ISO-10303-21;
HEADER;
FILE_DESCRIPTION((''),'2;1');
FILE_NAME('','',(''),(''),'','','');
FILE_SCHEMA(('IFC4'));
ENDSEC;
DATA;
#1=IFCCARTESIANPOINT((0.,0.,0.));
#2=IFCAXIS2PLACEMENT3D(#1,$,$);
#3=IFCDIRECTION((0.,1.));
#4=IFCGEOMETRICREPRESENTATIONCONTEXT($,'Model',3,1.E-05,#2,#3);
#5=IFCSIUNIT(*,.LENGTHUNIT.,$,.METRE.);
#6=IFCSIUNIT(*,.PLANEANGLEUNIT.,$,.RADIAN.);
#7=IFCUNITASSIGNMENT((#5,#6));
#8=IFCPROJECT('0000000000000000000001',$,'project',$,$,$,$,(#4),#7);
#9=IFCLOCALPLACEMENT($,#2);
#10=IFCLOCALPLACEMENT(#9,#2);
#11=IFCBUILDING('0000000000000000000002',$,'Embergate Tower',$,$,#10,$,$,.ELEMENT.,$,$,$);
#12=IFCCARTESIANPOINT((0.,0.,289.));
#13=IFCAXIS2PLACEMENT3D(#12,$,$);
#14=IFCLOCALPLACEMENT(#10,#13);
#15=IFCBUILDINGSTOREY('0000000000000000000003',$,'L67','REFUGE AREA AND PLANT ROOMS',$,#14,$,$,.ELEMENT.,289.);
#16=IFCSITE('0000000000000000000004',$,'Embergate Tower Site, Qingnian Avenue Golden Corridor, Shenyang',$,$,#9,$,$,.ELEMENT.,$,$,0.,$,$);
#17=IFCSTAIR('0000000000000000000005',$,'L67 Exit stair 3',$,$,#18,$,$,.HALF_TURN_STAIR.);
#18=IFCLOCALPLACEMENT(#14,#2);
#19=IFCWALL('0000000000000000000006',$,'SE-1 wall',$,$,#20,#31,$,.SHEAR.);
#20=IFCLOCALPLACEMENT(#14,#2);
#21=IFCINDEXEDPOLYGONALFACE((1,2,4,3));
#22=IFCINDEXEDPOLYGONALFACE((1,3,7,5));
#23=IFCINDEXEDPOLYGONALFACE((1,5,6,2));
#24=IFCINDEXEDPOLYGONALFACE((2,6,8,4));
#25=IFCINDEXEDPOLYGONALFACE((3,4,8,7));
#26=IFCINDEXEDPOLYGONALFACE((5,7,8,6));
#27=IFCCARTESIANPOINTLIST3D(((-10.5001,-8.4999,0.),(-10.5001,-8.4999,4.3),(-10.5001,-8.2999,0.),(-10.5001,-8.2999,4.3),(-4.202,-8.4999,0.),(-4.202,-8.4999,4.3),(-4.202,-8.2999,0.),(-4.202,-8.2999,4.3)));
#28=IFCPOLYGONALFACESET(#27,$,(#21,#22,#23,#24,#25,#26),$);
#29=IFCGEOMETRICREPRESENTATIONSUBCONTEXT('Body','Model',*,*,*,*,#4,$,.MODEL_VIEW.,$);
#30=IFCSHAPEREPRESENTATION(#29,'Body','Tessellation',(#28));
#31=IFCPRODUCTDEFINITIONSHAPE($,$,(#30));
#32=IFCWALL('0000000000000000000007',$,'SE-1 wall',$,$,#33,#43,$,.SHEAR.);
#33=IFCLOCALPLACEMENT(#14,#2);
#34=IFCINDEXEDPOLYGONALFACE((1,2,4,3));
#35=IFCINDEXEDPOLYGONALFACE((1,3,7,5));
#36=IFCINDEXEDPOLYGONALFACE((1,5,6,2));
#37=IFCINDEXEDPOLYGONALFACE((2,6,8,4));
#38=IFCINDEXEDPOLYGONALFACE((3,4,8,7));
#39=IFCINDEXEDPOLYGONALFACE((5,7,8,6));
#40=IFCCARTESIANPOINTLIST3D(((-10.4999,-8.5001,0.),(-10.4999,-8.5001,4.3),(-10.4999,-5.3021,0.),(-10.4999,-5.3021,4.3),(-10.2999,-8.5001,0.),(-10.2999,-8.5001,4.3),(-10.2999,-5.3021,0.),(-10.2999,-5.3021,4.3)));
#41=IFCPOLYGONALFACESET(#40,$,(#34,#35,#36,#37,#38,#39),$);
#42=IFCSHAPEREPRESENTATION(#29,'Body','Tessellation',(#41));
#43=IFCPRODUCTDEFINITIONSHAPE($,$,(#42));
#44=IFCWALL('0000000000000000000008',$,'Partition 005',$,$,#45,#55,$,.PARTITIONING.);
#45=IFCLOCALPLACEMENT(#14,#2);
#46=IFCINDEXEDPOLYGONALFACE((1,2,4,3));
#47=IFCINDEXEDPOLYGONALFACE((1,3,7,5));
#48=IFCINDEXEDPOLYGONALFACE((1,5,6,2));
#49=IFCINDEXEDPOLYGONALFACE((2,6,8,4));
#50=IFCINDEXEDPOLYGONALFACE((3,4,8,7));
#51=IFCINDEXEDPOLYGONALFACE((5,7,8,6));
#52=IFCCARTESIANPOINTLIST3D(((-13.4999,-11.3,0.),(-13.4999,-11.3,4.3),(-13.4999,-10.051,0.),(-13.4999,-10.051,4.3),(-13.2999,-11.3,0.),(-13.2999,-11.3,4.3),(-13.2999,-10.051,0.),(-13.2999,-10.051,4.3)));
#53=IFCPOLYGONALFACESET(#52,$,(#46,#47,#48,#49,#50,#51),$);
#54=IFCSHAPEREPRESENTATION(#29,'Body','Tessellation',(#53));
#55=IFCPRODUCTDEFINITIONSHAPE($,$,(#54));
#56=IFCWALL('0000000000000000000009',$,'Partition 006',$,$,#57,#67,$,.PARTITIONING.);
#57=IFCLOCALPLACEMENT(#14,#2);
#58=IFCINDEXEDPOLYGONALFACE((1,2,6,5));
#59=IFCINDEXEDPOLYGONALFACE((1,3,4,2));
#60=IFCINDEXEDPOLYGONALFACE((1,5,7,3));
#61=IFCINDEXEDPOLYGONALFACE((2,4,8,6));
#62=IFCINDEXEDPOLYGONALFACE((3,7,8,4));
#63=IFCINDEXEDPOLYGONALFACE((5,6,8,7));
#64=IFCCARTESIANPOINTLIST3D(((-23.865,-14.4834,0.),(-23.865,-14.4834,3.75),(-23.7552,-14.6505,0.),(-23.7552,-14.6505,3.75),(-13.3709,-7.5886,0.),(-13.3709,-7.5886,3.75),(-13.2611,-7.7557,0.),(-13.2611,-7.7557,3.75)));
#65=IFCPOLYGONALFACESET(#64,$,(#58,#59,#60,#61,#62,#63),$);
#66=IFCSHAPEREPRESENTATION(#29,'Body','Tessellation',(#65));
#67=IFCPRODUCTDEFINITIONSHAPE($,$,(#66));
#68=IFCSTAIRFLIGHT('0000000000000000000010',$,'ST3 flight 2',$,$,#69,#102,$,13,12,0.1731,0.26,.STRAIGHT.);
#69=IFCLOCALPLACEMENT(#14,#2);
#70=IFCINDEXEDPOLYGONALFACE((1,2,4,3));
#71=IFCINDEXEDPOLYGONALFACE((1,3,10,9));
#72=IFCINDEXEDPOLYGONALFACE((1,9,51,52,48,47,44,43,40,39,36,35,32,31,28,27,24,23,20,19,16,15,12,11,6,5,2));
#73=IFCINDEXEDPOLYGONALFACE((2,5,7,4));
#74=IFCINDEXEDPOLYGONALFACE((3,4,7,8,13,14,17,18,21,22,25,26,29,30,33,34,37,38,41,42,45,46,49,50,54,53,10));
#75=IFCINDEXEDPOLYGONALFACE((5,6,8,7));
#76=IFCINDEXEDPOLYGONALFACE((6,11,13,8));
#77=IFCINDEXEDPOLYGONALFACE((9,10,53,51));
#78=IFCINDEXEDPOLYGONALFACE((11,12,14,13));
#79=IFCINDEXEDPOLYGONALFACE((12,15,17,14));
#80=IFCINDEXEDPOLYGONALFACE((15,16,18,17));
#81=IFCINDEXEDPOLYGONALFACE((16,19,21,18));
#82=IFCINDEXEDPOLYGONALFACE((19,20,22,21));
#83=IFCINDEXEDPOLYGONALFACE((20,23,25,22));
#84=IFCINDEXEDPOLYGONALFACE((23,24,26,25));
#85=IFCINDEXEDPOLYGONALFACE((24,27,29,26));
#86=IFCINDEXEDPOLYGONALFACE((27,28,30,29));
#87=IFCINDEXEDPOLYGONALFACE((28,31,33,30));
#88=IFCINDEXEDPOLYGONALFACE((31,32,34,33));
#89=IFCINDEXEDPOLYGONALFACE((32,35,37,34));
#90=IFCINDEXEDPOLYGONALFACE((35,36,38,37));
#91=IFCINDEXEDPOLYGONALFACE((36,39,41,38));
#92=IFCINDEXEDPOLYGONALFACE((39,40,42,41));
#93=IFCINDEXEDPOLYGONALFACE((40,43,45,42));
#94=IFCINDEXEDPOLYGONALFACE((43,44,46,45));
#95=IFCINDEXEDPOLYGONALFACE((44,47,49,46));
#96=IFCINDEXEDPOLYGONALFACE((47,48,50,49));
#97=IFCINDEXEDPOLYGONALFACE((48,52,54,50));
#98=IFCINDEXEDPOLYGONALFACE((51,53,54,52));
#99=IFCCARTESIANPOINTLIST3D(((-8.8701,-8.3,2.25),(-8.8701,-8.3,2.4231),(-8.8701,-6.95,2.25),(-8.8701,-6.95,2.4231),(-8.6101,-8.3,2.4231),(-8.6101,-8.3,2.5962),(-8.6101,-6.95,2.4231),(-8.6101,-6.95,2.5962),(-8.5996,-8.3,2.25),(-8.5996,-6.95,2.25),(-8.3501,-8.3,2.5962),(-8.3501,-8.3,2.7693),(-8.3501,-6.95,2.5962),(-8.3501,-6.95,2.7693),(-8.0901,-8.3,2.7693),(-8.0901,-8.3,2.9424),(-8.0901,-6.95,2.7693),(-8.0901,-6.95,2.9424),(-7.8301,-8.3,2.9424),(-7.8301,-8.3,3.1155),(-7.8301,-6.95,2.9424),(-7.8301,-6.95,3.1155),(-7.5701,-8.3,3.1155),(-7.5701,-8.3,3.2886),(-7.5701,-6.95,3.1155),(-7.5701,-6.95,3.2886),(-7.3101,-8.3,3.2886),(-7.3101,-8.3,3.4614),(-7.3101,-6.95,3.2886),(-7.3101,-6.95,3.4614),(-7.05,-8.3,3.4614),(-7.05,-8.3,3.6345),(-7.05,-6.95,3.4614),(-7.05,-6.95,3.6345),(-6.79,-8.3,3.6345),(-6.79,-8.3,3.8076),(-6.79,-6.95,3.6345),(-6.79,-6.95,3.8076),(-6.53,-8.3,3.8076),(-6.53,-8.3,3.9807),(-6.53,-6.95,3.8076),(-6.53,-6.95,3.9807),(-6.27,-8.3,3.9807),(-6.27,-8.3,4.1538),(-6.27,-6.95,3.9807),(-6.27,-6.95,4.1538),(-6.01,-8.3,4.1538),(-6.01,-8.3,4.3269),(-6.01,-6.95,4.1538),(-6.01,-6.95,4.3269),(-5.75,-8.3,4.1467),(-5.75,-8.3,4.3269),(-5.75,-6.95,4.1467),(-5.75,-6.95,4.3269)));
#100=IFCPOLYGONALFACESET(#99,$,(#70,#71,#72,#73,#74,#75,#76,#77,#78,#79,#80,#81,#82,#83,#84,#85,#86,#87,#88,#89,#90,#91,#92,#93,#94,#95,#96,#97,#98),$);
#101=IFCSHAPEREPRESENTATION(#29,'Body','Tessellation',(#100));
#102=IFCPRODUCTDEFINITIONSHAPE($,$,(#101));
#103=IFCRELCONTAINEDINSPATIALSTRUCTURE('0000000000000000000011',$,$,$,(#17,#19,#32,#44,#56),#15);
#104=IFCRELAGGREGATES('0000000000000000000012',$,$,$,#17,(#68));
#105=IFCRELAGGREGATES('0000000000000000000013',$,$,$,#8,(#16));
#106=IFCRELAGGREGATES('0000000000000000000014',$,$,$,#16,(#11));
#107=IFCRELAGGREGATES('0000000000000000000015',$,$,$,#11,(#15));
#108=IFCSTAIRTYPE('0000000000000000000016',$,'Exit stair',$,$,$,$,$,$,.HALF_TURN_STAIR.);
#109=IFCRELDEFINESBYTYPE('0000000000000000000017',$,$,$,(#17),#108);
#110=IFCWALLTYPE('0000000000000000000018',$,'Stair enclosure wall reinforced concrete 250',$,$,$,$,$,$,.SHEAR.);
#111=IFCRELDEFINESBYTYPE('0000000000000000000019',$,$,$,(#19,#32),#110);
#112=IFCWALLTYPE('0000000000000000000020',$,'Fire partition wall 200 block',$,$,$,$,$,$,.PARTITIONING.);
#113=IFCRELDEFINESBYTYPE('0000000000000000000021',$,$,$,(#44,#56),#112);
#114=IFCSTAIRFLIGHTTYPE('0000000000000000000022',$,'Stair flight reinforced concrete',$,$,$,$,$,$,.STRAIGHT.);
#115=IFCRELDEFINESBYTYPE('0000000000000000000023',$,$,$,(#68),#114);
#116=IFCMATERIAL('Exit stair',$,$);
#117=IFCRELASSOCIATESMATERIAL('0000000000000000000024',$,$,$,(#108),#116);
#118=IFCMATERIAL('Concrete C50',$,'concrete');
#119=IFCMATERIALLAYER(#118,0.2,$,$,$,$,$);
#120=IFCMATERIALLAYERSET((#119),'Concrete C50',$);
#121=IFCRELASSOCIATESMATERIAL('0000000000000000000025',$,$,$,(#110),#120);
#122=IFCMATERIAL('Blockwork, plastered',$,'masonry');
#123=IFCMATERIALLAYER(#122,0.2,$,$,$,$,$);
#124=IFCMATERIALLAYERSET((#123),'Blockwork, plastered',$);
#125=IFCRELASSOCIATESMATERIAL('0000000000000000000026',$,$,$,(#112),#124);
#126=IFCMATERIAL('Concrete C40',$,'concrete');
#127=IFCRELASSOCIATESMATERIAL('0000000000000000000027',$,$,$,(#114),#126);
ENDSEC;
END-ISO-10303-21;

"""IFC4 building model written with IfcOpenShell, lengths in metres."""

from ifc_helpers import new_model, si_unit, direction, frame, frame_2d, origin, place, context, subcontext, project, spatial, polyline, rectangle, outline, extrude, source, transform, mapped, material, layer, layer_set, type_object, element, aggregate, save


model = new_model("IFC4")

# Units and contexts
model_context = context("Model", 3, precision=1e-05, world=origin(), true_north=direction((0.0, 1.0)))
body_context = subcontext(model_context, "Body", "Model", "MODEL_VIEW")
ifc_project = project(units=[si_unit("LENGTHUNIT", "METRE"), si_unit("PLANEANGLEUNIT", "RADIAN")], contexts=[model_context])

# Site, building, storey
site_placement = place(None, origin())
site = spatial("IfcSite", under=ifc_project, at=site_placement, Name="Embergate Tower Site, Qingnian Avenue Golden Corridor, Shenyang", CompositionType="ELEMENT", RefElevation=0.0)
building_placement = place(site_placement, origin())
building = spatial("IfcBuilding", under=site, at=building_placement, Name="Embergate Tower", CompositionType="ELEMENT")
storey_placement = place(building_placement, frame((0.0, 0.0, 289.0)))
storey = spatial("IfcBuildingStorey", under=building, at=storey_placement, Name="L67", Description="REFUGE AREA AND PLANT ROOMS", CompositionType="ELEMENT", Elevation=289.0)

# Stair
ifc_material_1 = material(Name="Exit stair")
stair_type = type_object("IfcStairType", Name="Exit stair", PredefinedType="HALF_TURN_STAIR", material=ifc_material_1)
stair_placement = place(storey_placement, origin())
stair = element("IfcStair", 1, at=stair_placement, inside=storey, type_object=stair_type, Name="L67 Exit stair 3", PredefinedType="HALF_TURN_STAIR")
ifc_material_2 = material(Name="Concrete C40", Category="concrete")

# Shared definitions
ifc_material_3 = material(Name="Concrete C50", Category="concrete")

# Shared definitions
ifc_layer_1 = layer(ifc_material_3, 0.2)
ifc_layer_set_1 = layer_set([ifc_layer_1], Name="Concrete C50")
wall_type_1 = type_object("IfcWallType", Name="Stair enclosure wall reinforced concrete 250", PredefinedType="SHEAR", material=ifc_layer_set_1)

# Walls
shared_shape_1 = source(origin(), body_context, "Body", "SweptSolid", [
    extrude(rectangle(XDim=6.2981, YDim=0.2, at=frame_2d((3.1489, 0.0))), origin(), (0.0, 0.0, 1.0), 4.3),
])
wall_1_placement = place(storey_placement, frame((-10.5, -8.3999, 0.0), z_axis=(0.0, 0.0, 1.0), x_axis=(1.0, 0.0, 0.0)))
element("IfcWall", 2, at=wall_1_placement, inside=storey, type_object=wall_type_1, Name="SE-1 wall", PredefinedType="SHEAR", context=body_context, shape_type="MappedRepresentation", body=[
    mapped(shared_shape_1, transform((0.0, 0.0, 0.0))),
])
shared_shape_2 = source(origin(), body_context, "Body", "SweptSolid", [
    extrude(rectangle(XDim=3.198, YDim=0.2, at=frame_2d((1.5991, 0.0))), origin(), (0.0, 0.0, 1.0), 4.3),
])
wall_2_placement = place(storey_placement, frame((-10.3999, -5.302, 0.0), z_axis=(0.0, 0.0, 1.0), x_axis=(0.0, -1.0, 0.0)))
element("IfcWall", 3, at=wall_2_placement, inside=storey, type_object=wall_type_1, Name="SE-1 wall", PredefinedType="SHEAR", context=body_context, shape_type="MappedRepresentation", body=[
    mapped(shared_shape_2, transform((0.0, 0.0, 0.0))),
])
ifc_material_4 = material(Name="Blockwork, plastered", Category="masonry")
ifc_layer_2 = layer(ifc_material_4, 0.2)
ifc_layer_set_2 = layer_set([ifc_layer_2], Name="Blockwork, plastered")
wall_type_2 = type_object("IfcWallType", Name="Fire partition wall 200 block", PredefinedType="PARTITIONING", material=ifc_layer_set_2)
shared_shape_3 = source(origin(), body_context, "Body", "SweptSolid", [
    extrude(rectangle(XDim=1.249, YDim=0.2, at=frame_2d((0.6245, 0.0))), origin(), (0.0, 0.0, 1.0), 4.3),
])
wall_3_placement = place(storey_placement, frame((-13.3999, -11.3, 0.0), z_axis=(0.0, 0.0, 1.0), x_axis=(0.0, 1.0, 0.0)))
element("IfcWall", 4, at=wall_3_placement, inside=storey, type_object=wall_type_2, Name="Partition 005", PredefinedType="PARTITIONING", context=body_context, shape_type="MappedRepresentation", body=[
    mapped(shared_shape_3, transform((0.0, 0.0, 0.0))),
])
shared_shape_4 = source(origin(), body_context, "Body", "SweptSolid", [
    extrude(rectangle(XDim=12.5564, YDim=0.2, at=frame_2d((6.2783, 0.0))), origin(), (0.0, 0.0, 1.0), 3.75),
])
wall_4_placement = place(storey_placement, frame((-13.3159, -7.6721, 0.0), z_axis=(0.0, 0.0, 1.0), x_axis=(-0.835756, -0.549101, 0.0)))
element("IfcWall", 5, at=wall_4_placement, inside=storey, type_object=wall_type_2, Name="Partition 006", PredefinedType="PARTITIONING", context=body_context, shape_type="MappedRepresentation", body=[
    mapped(shared_shape_4, transform((0.0, 0.0, 0.0))),
])

# Stair flight
stair_flight_type = type_object("IfcStairFlightType", Name="Stair flight reinforced concrete", PredefinedType="STRAIGHT", material=ifc_material_2)
shared_shape_5 = source(origin(), body_context, "Body", "SweptSolid", [
    extrude(outline(polyline([(0.0, 0.0), (0.0, 0.1731), (0.26, 0.1731), (0.26, 0.3462), (0.52, 0.3462), (0.52, 0.5193), (0.78, 0.5193), (0.78, 0.6924), (1.04, 0.6924), (1.04, 0.8655), (1.3, 0.8655), (1.3, 1.0386), (1.5601, 1.0386), (1.5601, 1.2114), (1.8201, 1.2114), (1.8201, 1.3845), (2.0801, 1.3845), (2.0801, 1.5576), (2.3401, 1.5576), (2.3401, 1.7307), (2.6001, 1.7307), (2.6001, 1.9038), (2.8601, 1.9038), (2.8601, 2.0769), (3.1201, 2.0769), (3.1201, 2.25), (3.1201, 1.8967), (0.2705, 0.0), (0.0, 0.0)])), frame((0.0, 0.675, 0.0), z_axis=(0.0, -1.0, 0.0), x_axis=(1.0, 0.0, 0.0)), (0.0, 0.0, 1.0), 1.3501),
])
stair_flight_placement = place(storey_placement, frame((-8.8701, -7.625, 2.25), z_axis=(0.0, 0.0, 1.0), x_axis=(1.0, 0.0, 0.0)))
stair_flight = element("IfcStairFlight", 6, at=stair_flight_placement, type_object=stair_flight_type, Name="ST3 flight 2", NumberOfRisers=13, NumberOfTreads=12, PredefinedType="STRAIGHT", RiserHeight=0.1731, TreadLength=0.26, context=body_context, shape_type="MappedRepresentation", body=[
    mapped(shared_shape_5, transform((0.0, 0.0, 0.0))),
])
aggregate(stair, [stair_flight])

save(model, "model.ifc")
